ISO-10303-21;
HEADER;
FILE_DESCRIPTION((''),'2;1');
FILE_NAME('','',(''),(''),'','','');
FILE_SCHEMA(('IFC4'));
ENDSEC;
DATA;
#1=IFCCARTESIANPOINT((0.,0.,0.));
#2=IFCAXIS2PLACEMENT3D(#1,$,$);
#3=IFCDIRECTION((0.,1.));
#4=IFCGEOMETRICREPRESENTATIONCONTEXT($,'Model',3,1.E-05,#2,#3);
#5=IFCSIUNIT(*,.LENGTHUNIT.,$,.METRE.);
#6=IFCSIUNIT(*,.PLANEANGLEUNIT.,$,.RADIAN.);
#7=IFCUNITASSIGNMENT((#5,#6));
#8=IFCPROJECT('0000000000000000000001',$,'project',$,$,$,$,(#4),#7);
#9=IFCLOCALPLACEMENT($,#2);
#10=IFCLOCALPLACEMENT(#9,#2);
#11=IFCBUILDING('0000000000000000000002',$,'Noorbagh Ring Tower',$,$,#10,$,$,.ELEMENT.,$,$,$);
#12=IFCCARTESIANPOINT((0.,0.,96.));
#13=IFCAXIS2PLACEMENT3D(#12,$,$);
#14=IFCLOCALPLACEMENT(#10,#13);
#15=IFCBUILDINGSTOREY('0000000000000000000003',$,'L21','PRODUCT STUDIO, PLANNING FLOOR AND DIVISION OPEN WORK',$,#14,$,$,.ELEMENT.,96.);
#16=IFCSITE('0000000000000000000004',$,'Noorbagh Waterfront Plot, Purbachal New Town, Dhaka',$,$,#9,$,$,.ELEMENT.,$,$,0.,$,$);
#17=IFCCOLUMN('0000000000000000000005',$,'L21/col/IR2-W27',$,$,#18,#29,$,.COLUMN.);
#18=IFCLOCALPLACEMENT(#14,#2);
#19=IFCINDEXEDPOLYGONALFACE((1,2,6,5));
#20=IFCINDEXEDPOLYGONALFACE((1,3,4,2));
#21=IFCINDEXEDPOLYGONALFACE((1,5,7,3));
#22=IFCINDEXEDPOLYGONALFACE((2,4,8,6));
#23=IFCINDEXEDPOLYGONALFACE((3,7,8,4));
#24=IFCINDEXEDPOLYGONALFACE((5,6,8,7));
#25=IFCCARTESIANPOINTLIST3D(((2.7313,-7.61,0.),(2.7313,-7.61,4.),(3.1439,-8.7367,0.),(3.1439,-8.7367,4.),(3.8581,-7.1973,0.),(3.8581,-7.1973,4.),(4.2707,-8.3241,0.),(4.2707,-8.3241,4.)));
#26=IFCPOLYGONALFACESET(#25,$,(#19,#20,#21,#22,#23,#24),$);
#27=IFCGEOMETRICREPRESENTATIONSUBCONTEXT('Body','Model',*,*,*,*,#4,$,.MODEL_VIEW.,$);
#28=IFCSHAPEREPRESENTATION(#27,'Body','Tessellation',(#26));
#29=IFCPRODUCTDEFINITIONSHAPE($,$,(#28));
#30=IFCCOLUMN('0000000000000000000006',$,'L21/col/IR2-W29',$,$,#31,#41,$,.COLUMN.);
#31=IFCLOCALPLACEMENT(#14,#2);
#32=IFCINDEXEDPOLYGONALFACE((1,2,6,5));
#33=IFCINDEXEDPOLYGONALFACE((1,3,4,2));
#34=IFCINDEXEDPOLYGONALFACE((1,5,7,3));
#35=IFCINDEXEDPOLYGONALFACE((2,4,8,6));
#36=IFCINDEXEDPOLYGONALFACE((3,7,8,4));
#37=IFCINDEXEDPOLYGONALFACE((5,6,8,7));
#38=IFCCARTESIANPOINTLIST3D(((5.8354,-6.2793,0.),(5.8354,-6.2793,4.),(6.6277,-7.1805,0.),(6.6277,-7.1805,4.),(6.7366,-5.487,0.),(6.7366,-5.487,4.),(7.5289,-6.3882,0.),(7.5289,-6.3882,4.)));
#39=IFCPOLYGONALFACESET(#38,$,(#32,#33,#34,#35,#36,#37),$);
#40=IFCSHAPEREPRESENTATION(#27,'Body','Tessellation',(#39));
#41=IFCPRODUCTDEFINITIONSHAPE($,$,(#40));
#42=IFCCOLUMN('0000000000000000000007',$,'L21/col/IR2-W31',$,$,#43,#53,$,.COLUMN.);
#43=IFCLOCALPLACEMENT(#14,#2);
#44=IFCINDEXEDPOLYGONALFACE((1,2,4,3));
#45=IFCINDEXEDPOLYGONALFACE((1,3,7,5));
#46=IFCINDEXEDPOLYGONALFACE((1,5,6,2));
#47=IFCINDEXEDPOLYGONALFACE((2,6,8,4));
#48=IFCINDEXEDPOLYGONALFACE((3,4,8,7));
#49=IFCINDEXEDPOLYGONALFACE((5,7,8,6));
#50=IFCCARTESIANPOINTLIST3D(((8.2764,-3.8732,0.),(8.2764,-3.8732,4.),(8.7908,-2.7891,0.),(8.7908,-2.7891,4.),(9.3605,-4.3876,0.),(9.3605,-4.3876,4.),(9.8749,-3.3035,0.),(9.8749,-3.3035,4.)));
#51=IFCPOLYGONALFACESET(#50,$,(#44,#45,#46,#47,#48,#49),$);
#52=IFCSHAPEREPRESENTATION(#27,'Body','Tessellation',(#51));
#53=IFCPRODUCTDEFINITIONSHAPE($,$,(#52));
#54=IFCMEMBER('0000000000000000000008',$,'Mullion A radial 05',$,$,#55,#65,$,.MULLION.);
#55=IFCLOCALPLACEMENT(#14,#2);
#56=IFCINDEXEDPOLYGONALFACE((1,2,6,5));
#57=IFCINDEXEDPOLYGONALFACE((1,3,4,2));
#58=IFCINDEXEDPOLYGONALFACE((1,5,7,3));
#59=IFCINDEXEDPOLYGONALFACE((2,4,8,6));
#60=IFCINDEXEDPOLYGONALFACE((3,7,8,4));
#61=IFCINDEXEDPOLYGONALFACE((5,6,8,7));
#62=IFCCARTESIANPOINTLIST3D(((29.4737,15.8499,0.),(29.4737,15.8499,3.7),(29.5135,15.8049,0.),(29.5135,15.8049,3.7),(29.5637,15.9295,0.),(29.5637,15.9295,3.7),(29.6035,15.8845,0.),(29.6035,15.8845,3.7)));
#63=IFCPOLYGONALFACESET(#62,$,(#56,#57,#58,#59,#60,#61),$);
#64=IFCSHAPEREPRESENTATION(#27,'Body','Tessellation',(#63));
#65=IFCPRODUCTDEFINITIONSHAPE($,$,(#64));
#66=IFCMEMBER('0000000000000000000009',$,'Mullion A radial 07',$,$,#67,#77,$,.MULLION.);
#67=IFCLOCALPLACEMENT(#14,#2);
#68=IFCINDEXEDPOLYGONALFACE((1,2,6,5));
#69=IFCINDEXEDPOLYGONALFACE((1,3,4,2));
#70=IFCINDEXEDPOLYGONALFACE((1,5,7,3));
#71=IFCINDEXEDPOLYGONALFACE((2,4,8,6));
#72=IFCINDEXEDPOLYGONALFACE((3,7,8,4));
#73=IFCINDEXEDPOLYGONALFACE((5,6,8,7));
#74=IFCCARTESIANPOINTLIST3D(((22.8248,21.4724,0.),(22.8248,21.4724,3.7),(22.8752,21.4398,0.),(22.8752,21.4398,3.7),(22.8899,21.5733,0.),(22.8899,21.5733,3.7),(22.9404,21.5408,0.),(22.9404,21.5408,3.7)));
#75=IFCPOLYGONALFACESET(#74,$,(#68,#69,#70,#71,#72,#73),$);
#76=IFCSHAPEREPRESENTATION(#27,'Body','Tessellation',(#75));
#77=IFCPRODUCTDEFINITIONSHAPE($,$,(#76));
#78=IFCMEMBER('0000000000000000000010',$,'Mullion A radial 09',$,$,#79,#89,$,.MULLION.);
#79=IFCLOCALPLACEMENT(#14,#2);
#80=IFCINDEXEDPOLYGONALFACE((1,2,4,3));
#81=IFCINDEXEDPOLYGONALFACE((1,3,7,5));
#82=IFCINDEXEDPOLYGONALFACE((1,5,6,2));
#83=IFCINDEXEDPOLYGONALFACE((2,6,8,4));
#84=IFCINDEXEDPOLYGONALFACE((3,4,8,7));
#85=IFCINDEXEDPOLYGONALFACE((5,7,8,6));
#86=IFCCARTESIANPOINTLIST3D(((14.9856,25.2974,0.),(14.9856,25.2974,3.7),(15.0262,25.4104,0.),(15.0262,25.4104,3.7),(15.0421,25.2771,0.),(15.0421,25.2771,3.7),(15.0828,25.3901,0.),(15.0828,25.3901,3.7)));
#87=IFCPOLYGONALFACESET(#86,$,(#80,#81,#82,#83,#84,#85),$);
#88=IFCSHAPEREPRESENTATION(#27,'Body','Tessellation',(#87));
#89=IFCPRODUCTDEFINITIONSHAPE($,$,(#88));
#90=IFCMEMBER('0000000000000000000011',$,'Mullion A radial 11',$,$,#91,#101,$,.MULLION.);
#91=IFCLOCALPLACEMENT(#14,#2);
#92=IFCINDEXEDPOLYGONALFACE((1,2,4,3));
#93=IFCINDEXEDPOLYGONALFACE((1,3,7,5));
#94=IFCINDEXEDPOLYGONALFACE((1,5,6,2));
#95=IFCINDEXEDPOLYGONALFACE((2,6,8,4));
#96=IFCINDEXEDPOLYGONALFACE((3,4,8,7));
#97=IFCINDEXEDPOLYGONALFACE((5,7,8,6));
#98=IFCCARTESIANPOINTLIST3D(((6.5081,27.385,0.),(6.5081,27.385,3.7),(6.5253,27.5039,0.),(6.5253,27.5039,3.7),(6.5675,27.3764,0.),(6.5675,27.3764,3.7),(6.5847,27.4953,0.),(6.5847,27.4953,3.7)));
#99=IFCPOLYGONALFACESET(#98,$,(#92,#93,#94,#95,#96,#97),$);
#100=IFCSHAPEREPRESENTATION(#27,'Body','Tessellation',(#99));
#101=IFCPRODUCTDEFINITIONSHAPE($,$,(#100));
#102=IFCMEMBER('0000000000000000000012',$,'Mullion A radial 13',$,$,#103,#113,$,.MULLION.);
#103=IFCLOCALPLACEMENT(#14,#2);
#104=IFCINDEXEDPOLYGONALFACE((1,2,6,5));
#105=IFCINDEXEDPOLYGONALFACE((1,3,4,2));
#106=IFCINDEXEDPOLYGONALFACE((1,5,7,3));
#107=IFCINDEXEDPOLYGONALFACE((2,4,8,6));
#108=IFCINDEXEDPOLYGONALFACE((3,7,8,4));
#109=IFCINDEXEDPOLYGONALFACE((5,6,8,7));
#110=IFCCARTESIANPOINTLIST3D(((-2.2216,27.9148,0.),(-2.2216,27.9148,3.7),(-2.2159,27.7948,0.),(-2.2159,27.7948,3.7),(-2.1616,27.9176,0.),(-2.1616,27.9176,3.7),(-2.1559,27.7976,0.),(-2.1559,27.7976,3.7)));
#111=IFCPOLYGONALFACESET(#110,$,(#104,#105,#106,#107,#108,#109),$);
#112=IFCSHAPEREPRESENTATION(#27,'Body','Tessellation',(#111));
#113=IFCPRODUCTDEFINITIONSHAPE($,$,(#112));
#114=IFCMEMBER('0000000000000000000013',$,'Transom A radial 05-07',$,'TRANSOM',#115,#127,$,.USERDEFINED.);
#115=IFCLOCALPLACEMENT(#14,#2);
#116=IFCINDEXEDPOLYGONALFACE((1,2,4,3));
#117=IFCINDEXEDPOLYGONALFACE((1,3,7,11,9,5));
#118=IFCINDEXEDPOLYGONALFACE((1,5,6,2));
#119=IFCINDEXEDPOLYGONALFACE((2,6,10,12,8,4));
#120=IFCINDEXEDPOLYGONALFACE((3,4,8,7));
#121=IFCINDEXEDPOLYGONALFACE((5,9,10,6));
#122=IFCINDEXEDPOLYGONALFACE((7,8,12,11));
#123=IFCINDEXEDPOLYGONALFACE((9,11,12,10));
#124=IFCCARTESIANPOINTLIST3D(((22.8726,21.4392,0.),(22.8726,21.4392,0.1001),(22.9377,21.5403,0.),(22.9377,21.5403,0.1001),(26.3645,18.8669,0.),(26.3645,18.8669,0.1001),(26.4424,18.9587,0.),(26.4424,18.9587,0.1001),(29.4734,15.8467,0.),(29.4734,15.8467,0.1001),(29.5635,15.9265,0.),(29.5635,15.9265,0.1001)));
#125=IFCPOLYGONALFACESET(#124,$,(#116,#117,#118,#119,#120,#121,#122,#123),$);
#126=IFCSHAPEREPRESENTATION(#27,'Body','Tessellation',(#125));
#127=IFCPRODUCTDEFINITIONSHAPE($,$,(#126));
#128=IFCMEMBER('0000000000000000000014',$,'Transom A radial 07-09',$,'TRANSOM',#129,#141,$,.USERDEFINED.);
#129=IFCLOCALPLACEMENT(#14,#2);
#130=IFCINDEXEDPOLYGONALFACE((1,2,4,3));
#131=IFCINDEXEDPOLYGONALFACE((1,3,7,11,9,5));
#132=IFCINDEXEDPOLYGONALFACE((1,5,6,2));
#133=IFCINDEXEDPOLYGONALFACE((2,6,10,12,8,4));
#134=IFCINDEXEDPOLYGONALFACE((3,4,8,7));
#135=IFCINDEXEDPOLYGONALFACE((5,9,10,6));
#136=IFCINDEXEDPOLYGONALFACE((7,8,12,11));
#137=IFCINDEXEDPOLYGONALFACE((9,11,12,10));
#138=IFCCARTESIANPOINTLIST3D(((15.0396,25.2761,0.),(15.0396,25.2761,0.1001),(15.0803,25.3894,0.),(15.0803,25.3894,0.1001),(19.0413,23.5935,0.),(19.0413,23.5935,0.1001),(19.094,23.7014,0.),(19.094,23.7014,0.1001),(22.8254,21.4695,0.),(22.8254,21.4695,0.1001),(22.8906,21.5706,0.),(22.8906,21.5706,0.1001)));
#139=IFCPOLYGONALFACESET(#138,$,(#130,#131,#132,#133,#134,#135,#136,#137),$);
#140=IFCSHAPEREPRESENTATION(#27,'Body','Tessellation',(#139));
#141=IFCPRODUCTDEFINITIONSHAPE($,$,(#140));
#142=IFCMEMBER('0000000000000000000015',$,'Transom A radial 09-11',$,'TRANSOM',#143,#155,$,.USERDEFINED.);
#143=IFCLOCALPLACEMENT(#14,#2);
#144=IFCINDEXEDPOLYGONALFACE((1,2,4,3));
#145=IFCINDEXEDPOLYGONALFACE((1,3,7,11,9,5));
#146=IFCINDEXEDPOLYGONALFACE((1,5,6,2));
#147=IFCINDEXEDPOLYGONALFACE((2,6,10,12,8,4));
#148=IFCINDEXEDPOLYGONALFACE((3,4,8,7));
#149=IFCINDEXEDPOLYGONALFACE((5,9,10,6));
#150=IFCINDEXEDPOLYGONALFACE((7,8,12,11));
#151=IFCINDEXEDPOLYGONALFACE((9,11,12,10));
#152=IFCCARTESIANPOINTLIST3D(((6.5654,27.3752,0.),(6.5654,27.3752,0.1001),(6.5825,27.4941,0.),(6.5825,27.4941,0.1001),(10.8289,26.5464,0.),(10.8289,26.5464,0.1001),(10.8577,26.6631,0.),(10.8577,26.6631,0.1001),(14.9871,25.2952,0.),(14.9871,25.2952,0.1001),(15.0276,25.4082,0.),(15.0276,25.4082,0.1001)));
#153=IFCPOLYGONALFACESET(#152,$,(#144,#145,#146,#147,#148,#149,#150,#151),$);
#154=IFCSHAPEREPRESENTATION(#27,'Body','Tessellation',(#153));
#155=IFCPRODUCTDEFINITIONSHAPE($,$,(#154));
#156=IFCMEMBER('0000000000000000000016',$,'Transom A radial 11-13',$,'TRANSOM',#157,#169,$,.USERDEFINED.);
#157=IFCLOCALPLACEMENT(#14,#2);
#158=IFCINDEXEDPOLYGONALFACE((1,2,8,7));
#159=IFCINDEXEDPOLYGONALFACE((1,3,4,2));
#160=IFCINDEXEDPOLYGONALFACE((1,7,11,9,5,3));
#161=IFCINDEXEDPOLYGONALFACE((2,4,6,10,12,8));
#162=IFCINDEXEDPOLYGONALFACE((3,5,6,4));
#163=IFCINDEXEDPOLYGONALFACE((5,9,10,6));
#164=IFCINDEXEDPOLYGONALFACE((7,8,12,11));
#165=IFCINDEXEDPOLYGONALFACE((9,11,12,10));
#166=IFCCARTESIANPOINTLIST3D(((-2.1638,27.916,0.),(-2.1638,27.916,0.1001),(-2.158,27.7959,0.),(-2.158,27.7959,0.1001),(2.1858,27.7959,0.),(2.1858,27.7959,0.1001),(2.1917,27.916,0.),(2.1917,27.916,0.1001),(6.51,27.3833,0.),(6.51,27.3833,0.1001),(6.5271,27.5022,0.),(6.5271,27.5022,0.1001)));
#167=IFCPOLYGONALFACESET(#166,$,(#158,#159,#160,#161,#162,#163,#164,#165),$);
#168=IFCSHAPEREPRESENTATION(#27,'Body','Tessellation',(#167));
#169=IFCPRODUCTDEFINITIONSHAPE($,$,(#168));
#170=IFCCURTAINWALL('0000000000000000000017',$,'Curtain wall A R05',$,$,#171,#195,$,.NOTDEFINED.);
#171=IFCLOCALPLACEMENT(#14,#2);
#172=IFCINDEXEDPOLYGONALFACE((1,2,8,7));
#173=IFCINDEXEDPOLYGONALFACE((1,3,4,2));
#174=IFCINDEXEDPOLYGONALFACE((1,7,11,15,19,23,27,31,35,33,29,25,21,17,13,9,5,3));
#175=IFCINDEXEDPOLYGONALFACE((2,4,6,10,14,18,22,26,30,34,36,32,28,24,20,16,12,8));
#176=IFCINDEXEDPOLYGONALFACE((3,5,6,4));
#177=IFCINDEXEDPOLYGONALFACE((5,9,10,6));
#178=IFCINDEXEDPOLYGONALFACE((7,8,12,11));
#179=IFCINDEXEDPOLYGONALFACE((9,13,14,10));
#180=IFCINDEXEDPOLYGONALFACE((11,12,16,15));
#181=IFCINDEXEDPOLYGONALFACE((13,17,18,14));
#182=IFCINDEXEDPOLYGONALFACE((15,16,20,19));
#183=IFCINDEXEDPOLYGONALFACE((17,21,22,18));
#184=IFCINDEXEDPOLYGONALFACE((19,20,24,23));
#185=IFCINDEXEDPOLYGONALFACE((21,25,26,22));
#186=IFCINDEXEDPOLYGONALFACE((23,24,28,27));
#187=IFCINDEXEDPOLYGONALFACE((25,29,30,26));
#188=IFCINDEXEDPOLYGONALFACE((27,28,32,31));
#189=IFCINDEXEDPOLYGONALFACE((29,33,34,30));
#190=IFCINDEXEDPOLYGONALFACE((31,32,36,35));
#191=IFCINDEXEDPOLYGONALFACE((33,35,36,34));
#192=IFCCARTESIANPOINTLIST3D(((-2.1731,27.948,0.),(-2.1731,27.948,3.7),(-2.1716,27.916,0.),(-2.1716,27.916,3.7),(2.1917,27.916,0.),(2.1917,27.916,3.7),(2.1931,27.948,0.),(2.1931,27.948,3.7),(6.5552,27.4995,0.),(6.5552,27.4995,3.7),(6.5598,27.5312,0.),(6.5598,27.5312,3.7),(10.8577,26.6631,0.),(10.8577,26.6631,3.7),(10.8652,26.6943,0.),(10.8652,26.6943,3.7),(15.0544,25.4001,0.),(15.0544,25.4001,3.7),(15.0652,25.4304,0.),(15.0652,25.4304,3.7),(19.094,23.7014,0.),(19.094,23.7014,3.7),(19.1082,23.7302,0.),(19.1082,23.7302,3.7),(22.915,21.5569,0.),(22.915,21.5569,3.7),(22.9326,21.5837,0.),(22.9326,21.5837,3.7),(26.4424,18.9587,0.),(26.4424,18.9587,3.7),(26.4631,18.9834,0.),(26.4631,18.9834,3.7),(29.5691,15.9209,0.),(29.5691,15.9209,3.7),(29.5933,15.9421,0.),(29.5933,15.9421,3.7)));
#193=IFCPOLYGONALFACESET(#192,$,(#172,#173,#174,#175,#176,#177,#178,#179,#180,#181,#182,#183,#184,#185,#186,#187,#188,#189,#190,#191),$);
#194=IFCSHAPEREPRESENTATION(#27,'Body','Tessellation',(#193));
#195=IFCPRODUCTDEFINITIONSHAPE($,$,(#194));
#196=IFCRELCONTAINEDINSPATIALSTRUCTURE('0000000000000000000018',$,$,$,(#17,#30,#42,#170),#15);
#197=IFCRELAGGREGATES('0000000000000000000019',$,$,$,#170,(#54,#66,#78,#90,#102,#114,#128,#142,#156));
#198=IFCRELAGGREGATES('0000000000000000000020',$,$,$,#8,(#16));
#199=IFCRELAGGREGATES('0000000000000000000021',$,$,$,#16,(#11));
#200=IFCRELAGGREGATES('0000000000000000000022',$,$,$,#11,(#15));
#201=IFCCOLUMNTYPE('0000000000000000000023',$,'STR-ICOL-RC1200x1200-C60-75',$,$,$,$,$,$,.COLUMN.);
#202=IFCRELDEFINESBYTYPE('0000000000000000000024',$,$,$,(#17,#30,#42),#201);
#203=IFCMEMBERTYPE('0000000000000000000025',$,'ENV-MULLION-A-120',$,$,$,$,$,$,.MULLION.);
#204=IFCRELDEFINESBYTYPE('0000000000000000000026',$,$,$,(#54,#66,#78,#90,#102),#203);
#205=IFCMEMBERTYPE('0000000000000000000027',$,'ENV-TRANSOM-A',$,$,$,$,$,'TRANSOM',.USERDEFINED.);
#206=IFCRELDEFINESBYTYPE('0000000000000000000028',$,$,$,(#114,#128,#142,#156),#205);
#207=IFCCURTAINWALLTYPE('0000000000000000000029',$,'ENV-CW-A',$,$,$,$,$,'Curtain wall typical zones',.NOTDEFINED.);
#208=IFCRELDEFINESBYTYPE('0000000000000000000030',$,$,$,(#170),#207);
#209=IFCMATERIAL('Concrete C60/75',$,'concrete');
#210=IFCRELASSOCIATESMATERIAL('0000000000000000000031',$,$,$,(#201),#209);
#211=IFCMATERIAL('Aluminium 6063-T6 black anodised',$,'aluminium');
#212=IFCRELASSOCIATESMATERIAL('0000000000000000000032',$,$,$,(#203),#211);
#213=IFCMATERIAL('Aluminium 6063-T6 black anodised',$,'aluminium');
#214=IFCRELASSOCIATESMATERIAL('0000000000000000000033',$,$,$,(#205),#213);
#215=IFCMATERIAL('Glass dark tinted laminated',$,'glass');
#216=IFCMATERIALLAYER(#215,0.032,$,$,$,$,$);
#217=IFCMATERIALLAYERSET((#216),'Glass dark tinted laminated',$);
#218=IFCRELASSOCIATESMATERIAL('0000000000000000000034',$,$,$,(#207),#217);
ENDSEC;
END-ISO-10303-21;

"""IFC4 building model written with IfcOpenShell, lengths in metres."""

from ifc_helpers import new_model, si_unit, direction, frame, origin, origin_2d, place, context, subcontext, project, spatial, polyline, rectangle, outline, extrude, material, layer, layer_set, material_profile, profile_set, type_object, element, aggregate, save


model = new_model("IFC4")

# Units and contexts
model_context = context("Model", 3, precision=1e-05, world=origin(), true_north=direction((0.0, 1.0)))
body_context = subcontext(model_context, "Body", "Model", "MODEL_VIEW")
ifc_project = project(units=[si_unit("LENGTHUNIT", "METRE"), si_unit("PLANEANGLEUNIT", "RADIAN")], contexts=[model_context])

# Site, building, storey
site_placement = place(None, origin())
site = spatial("IfcSite", under=ifc_project, at=site_placement, Name="Noorbagh Waterfront Plot, Purbachal New Town, Dhaka", CompositionType="ELEMENT", RefElevation=0.0)
building_placement = place(site_placement, origin())
building = spatial("IfcBuilding", under=site, at=building_placement, Name="Noorbagh Ring Tower", CompositionType="ELEMENT")
storey_placement = place(building_placement, frame((0.0, 0.0, 96.0)))
storey = spatial("IfcBuildingStorey", under=building, at=storey_placement, Name="L21", Description="PRODUCT STUDIO, PLANNING FLOOR AND DIVISION OPEN WORK", CompositionType="ELEMENT", Elevation=96.0)

# Columns
ifc_material_1 = material(Name="Concrete C60/75", Category="concrete")
ifc_material_profile_1 = material_profile(ifc_material_1, rectangle(XDim=1.2, YDim=1.2, at=origin_2d()), Name="RC1200x1200")
ifc_profile_set_1 = profile_set([ifc_material_profile_1], Name="Concrete C60/75")
column_type = type_object("IfcColumnType", Name="STR-ICOL-RC1200x1200-C60-75", PredefinedType="COLUMN", material=ifc_profile_set_1)
for number, where, z_axis, x_axis, name in (
    (1, (3.501, -7.967, 0.0), (0.0, 0.0, 1.0), (0.93902, 0.343864, 0.0), "L21/col/IR2-W27"),
    (2, (6.6821, -6.3337, 0.0), (0.0, 0.0, 1.0), (0.751022, 0.660277, 0.0), "L21/col/IR2-W29"),
    (3, (9.0757, -3.5884, 0.0), (0.0, 0.0, 1.0), (0.428667, 0.903463, 0.0), "L21/col/IR2-W31"),
):
    element("IfcColumn", number, at=place(storey_placement, frame(where, z_axis=z_axis, x_axis=x_axis)), inside=storey, type_object=column_type, Name=name, PredefinedType="COLUMN", context=body_context, shape_type="SweptSolid", body=[
        extrude(rectangle(XDim=1.2, YDim=1.2, at=origin_2d()), origin(), (0.0, 0.0, 1.0), 4.0),
    ])

# Members
ifc_material_2 = material(Name="Aluminium 6063-T6 black anodised", Category="aluminium")
ifc_material_profile_2 = material_profile(ifc_material_2, rectangle(XDim=0.1201, YDim=0.0601, at=origin_2d()), Name="120x60")
ifc_profile_set_2 = profile_set([ifc_material_profile_2], Name="Aluminium 6063-T6 black anodised")
member_type_1 = type_object("IfcMemberType", Name="ENV-MULLION-A-120", PredefinedType="MULLION", material=ifc_profile_set_2)
member_1_placement = place(storey_placement, frame((29.5386, 15.8672, 0.0), z_axis=(0.0, 0.0, 1.0), x_axis=(-0.749047, -0.662517, 0.0)))
member_1 = element("IfcMember", 4, at=member_1_placement, type_object=member_type_1, Name="Mullion A radial 05", PredefinedType="MULLION", context=body_context, shape_type="SweptSolid", body=[
    extrude(rectangle(XDim=0.1201, YDim=0.0601, at=origin_2d()), origin(), (0.0, 0.0, 1.0), 3.7),
])
member_2_placement = place(storey_placement, frame((22.8826, 21.5066, 0.0), z_axis=(0.0, 0.0, 1.0), x_axis=(-0.542279, -0.840198, 0.0)))
member_2 = element("IfcMember", 5, at=member_2_placement, type_object=member_type_1, Name="Mullion A radial 07", PredefinedType="MULLION", context=body_context, shape_type="SweptSolid", body=[
    extrude(rectangle(XDim=0.1201, YDim=0.0601, at=origin_2d()), origin(), (0.0, 0.0, 1.0), 3.7),
])
member_3_placement = place(storey_placement, frame((15.0342, 25.3438, 0.0), z_axis=(0.0, 0.0, 1.0), x_axis=(-0.338379, -0.94101, 0.0)))
member_3 = element("IfcMember", 6, at=member_3_placement, type_object=member_type_1, Name="Mullion A radial 09", PredefinedType="MULLION", context=body_context, shape_type="SweptSolid", body=[
    extrude(rectangle(XDim=0.1201, YDim=0.0601, at=origin_2d()), origin(), (0.0, 0.0, 1.0), 3.7),
])
member_4_placement = place(storey_placement, frame((6.5464, 27.4402, 0.0), z_axis=(0.0, 0.0, 1.0), x_axis=(-0.143082, -0.989711, 0.0)))
member_4 = element("IfcMember", 7, at=member_4_placement, type_object=member_type_1, Name="Mullion A radial 11", PredefinedType="MULLION", context=body_context, shape_type="SweptSolid", body=[
    extrude(rectangle(XDim=0.1201, YDim=0.0601, at=origin_2d()), origin(), (0.0, 0.0, 1.0), 3.7),
])
member_5_placement = place(storey_placement, frame((-2.1887, 27.8562, 0.0), z_axis=(0.0, 0.0, 1.0), x_axis=(0.047558, -0.998868, 0.0)))
member_5 = element("IfcMember", 8, at=member_5_placement, type_object=member_type_1, Name="Mullion A radial 13", PredefinedType="MULLION", context=body_context, shape_type="SweptSolid", body=[
    extrude(rectangle(XDim=0.1201, YDim=0.0601, at=origin_2d()), origin(), (0.0, 0.0, 1.0), 3.7),
])
ifc_material_3 = material(Name="Aluminium 6063-T6 black anodised", Category="aluminium")
member_type_2 = type_object("IfcMemberType", Name="ENV-TRANSOM-A", ElementType="TRANSOM", PredefinedType="USERDEFINED", material=ifc_material_3)
member_6_placement = place(storey_placement, origin())
member_6 = element("IfcMember", 9, at=member_6_placement, type_object=member_type_2, Name="Transom A radial 05-07", ObjectType="TRANSOM", PredefinedType="USERDEFINED", context=body_context, shape_type="SweptSolid", body=[
    extrude(outline(polyline([(29.5635, 15.9265), (26.4424, 18.9587), (22.9377, 21.5403), (22.8726, 21.4392), (26.3645, 18.8669), (29.4734, 15.8467), (29.5635, 15.9265)])), origin(), (0.0, 0.0, 1.0), 0.1001),
])
member_7_placement = place(storey_placement, origin())
member_7 = element("IfcMember", 10, at=member_7_placement, type_object=member_type_2, Name="Transom A radial 07-09", ObjectType="TRANSOM", PredefinedType="USERDEFINED", context=body_context, shape_type="SweptSolid", body=[
    extrude(outline(polyline([(22.8906, 21.5706), (19.094, 23.7014), (15.0803, 25.3894), (15.0396, 25.2761), (19.0413, 23.5935), (22.8254, 21.4695), (22.8906, 21.5706)])), origin(), (0.0, 0.0, 1.0), 0.1001),
])
member_8_placement = place(storey_placement, origin())
member_8 = element("IfcMember", 11, at=member_8_placement, type_object=member_type_2, Name="Transom A radial 09-11", ObjectType="TRANSOM", PredefinedType="USERDEFINED", context=body_context, shape_type="SweptSolid", body=[
    extrude(outline(polyline([(15.0276, 25.4082), (10.8577, 26.6631), (6.5825, 27.4941), (6.5654, 27.3752), (10.8289, 26.5464), (14.9871, 25.2952), (15.0276, 25.4082)])), origin(), (0.0, 0.0, 1.0), 0.1001),
])
member_9_placement = place(storey_placement, origin())
member_9 = element("IfcMember", 12, at=member_9_placement, type_object=member_type_2, Name="Transom A radial 11-13", ObjectType="TRANSOM", PredefinedType="USERDEFINED", context=body_context, shape_type="SweptSolid", body=[
    extrude(outline(polyline([(6.5271, 27.5022), (2.1917, 27.916), (-2.1638, 27.916), (-2.158, 27.7959), (2.1858, 27.7959), (6.51, 27.3833), (6.5271, 27.5022)])), origin(), (0.0, 0.0, 1.0), 0.1001),
])

# Curtain wall
ifc_material_4 = material(Name="Glass dark tinted laminated", Category="glass")
ifc_layer_1 = layer(ifc_material_4, 0.032)
ifc_layer_set_1 = layer_set([ifc_layer_1], Name="Glass dark tinted laminated")
curtain_wall_type = type_object("IfcCurtainWallType", Name="ENV-CW-A", ElementType="Curtain wall typical zones", PredefinedType="NOTDEFINED", material=ifc_layer_set_1)
curtain_wall_placement = place(storey_placement, origin())
curtain_wall = element("IfcCurtainWall", 13, at=curtain_wall_placement, inside=storey, type_object=curtain_wall_type, Name="Curtain wall A R05", PredefinedType="NOTDEFINED", context=body_context, shape_type="SweptSolid", body=[
    extrude(outline(polyline([(29.5933, 15.9421), (26.4631, 18.9834), (22.9326, 21.5837), (19.1082, 23.7302), (15.0652, 25.4304), (10.8652, 26.6943), (6.5598, 27.5312), (2.1931, 27.948), (-2.1731, 27.948), (-2.1716, 27.916), (2.1917, 27.916), (6.5552, 27.4995), (10.8577, 26.6631), (15.0544, 25.4001), (19.094, 23.7014), (22.915, 21.5569), (26.4424, 18.9587), (29.5691, 15.9209), (29.5933, 15.9421)])), origin(), (0.0, 0.0, 1.0), 3.7),
])
aggregate(curtain_wall, [member_1, member_2, member_3, member_4, member_5, member_6, member_7, member_8, member_9])

save(model, "model.ifc")
